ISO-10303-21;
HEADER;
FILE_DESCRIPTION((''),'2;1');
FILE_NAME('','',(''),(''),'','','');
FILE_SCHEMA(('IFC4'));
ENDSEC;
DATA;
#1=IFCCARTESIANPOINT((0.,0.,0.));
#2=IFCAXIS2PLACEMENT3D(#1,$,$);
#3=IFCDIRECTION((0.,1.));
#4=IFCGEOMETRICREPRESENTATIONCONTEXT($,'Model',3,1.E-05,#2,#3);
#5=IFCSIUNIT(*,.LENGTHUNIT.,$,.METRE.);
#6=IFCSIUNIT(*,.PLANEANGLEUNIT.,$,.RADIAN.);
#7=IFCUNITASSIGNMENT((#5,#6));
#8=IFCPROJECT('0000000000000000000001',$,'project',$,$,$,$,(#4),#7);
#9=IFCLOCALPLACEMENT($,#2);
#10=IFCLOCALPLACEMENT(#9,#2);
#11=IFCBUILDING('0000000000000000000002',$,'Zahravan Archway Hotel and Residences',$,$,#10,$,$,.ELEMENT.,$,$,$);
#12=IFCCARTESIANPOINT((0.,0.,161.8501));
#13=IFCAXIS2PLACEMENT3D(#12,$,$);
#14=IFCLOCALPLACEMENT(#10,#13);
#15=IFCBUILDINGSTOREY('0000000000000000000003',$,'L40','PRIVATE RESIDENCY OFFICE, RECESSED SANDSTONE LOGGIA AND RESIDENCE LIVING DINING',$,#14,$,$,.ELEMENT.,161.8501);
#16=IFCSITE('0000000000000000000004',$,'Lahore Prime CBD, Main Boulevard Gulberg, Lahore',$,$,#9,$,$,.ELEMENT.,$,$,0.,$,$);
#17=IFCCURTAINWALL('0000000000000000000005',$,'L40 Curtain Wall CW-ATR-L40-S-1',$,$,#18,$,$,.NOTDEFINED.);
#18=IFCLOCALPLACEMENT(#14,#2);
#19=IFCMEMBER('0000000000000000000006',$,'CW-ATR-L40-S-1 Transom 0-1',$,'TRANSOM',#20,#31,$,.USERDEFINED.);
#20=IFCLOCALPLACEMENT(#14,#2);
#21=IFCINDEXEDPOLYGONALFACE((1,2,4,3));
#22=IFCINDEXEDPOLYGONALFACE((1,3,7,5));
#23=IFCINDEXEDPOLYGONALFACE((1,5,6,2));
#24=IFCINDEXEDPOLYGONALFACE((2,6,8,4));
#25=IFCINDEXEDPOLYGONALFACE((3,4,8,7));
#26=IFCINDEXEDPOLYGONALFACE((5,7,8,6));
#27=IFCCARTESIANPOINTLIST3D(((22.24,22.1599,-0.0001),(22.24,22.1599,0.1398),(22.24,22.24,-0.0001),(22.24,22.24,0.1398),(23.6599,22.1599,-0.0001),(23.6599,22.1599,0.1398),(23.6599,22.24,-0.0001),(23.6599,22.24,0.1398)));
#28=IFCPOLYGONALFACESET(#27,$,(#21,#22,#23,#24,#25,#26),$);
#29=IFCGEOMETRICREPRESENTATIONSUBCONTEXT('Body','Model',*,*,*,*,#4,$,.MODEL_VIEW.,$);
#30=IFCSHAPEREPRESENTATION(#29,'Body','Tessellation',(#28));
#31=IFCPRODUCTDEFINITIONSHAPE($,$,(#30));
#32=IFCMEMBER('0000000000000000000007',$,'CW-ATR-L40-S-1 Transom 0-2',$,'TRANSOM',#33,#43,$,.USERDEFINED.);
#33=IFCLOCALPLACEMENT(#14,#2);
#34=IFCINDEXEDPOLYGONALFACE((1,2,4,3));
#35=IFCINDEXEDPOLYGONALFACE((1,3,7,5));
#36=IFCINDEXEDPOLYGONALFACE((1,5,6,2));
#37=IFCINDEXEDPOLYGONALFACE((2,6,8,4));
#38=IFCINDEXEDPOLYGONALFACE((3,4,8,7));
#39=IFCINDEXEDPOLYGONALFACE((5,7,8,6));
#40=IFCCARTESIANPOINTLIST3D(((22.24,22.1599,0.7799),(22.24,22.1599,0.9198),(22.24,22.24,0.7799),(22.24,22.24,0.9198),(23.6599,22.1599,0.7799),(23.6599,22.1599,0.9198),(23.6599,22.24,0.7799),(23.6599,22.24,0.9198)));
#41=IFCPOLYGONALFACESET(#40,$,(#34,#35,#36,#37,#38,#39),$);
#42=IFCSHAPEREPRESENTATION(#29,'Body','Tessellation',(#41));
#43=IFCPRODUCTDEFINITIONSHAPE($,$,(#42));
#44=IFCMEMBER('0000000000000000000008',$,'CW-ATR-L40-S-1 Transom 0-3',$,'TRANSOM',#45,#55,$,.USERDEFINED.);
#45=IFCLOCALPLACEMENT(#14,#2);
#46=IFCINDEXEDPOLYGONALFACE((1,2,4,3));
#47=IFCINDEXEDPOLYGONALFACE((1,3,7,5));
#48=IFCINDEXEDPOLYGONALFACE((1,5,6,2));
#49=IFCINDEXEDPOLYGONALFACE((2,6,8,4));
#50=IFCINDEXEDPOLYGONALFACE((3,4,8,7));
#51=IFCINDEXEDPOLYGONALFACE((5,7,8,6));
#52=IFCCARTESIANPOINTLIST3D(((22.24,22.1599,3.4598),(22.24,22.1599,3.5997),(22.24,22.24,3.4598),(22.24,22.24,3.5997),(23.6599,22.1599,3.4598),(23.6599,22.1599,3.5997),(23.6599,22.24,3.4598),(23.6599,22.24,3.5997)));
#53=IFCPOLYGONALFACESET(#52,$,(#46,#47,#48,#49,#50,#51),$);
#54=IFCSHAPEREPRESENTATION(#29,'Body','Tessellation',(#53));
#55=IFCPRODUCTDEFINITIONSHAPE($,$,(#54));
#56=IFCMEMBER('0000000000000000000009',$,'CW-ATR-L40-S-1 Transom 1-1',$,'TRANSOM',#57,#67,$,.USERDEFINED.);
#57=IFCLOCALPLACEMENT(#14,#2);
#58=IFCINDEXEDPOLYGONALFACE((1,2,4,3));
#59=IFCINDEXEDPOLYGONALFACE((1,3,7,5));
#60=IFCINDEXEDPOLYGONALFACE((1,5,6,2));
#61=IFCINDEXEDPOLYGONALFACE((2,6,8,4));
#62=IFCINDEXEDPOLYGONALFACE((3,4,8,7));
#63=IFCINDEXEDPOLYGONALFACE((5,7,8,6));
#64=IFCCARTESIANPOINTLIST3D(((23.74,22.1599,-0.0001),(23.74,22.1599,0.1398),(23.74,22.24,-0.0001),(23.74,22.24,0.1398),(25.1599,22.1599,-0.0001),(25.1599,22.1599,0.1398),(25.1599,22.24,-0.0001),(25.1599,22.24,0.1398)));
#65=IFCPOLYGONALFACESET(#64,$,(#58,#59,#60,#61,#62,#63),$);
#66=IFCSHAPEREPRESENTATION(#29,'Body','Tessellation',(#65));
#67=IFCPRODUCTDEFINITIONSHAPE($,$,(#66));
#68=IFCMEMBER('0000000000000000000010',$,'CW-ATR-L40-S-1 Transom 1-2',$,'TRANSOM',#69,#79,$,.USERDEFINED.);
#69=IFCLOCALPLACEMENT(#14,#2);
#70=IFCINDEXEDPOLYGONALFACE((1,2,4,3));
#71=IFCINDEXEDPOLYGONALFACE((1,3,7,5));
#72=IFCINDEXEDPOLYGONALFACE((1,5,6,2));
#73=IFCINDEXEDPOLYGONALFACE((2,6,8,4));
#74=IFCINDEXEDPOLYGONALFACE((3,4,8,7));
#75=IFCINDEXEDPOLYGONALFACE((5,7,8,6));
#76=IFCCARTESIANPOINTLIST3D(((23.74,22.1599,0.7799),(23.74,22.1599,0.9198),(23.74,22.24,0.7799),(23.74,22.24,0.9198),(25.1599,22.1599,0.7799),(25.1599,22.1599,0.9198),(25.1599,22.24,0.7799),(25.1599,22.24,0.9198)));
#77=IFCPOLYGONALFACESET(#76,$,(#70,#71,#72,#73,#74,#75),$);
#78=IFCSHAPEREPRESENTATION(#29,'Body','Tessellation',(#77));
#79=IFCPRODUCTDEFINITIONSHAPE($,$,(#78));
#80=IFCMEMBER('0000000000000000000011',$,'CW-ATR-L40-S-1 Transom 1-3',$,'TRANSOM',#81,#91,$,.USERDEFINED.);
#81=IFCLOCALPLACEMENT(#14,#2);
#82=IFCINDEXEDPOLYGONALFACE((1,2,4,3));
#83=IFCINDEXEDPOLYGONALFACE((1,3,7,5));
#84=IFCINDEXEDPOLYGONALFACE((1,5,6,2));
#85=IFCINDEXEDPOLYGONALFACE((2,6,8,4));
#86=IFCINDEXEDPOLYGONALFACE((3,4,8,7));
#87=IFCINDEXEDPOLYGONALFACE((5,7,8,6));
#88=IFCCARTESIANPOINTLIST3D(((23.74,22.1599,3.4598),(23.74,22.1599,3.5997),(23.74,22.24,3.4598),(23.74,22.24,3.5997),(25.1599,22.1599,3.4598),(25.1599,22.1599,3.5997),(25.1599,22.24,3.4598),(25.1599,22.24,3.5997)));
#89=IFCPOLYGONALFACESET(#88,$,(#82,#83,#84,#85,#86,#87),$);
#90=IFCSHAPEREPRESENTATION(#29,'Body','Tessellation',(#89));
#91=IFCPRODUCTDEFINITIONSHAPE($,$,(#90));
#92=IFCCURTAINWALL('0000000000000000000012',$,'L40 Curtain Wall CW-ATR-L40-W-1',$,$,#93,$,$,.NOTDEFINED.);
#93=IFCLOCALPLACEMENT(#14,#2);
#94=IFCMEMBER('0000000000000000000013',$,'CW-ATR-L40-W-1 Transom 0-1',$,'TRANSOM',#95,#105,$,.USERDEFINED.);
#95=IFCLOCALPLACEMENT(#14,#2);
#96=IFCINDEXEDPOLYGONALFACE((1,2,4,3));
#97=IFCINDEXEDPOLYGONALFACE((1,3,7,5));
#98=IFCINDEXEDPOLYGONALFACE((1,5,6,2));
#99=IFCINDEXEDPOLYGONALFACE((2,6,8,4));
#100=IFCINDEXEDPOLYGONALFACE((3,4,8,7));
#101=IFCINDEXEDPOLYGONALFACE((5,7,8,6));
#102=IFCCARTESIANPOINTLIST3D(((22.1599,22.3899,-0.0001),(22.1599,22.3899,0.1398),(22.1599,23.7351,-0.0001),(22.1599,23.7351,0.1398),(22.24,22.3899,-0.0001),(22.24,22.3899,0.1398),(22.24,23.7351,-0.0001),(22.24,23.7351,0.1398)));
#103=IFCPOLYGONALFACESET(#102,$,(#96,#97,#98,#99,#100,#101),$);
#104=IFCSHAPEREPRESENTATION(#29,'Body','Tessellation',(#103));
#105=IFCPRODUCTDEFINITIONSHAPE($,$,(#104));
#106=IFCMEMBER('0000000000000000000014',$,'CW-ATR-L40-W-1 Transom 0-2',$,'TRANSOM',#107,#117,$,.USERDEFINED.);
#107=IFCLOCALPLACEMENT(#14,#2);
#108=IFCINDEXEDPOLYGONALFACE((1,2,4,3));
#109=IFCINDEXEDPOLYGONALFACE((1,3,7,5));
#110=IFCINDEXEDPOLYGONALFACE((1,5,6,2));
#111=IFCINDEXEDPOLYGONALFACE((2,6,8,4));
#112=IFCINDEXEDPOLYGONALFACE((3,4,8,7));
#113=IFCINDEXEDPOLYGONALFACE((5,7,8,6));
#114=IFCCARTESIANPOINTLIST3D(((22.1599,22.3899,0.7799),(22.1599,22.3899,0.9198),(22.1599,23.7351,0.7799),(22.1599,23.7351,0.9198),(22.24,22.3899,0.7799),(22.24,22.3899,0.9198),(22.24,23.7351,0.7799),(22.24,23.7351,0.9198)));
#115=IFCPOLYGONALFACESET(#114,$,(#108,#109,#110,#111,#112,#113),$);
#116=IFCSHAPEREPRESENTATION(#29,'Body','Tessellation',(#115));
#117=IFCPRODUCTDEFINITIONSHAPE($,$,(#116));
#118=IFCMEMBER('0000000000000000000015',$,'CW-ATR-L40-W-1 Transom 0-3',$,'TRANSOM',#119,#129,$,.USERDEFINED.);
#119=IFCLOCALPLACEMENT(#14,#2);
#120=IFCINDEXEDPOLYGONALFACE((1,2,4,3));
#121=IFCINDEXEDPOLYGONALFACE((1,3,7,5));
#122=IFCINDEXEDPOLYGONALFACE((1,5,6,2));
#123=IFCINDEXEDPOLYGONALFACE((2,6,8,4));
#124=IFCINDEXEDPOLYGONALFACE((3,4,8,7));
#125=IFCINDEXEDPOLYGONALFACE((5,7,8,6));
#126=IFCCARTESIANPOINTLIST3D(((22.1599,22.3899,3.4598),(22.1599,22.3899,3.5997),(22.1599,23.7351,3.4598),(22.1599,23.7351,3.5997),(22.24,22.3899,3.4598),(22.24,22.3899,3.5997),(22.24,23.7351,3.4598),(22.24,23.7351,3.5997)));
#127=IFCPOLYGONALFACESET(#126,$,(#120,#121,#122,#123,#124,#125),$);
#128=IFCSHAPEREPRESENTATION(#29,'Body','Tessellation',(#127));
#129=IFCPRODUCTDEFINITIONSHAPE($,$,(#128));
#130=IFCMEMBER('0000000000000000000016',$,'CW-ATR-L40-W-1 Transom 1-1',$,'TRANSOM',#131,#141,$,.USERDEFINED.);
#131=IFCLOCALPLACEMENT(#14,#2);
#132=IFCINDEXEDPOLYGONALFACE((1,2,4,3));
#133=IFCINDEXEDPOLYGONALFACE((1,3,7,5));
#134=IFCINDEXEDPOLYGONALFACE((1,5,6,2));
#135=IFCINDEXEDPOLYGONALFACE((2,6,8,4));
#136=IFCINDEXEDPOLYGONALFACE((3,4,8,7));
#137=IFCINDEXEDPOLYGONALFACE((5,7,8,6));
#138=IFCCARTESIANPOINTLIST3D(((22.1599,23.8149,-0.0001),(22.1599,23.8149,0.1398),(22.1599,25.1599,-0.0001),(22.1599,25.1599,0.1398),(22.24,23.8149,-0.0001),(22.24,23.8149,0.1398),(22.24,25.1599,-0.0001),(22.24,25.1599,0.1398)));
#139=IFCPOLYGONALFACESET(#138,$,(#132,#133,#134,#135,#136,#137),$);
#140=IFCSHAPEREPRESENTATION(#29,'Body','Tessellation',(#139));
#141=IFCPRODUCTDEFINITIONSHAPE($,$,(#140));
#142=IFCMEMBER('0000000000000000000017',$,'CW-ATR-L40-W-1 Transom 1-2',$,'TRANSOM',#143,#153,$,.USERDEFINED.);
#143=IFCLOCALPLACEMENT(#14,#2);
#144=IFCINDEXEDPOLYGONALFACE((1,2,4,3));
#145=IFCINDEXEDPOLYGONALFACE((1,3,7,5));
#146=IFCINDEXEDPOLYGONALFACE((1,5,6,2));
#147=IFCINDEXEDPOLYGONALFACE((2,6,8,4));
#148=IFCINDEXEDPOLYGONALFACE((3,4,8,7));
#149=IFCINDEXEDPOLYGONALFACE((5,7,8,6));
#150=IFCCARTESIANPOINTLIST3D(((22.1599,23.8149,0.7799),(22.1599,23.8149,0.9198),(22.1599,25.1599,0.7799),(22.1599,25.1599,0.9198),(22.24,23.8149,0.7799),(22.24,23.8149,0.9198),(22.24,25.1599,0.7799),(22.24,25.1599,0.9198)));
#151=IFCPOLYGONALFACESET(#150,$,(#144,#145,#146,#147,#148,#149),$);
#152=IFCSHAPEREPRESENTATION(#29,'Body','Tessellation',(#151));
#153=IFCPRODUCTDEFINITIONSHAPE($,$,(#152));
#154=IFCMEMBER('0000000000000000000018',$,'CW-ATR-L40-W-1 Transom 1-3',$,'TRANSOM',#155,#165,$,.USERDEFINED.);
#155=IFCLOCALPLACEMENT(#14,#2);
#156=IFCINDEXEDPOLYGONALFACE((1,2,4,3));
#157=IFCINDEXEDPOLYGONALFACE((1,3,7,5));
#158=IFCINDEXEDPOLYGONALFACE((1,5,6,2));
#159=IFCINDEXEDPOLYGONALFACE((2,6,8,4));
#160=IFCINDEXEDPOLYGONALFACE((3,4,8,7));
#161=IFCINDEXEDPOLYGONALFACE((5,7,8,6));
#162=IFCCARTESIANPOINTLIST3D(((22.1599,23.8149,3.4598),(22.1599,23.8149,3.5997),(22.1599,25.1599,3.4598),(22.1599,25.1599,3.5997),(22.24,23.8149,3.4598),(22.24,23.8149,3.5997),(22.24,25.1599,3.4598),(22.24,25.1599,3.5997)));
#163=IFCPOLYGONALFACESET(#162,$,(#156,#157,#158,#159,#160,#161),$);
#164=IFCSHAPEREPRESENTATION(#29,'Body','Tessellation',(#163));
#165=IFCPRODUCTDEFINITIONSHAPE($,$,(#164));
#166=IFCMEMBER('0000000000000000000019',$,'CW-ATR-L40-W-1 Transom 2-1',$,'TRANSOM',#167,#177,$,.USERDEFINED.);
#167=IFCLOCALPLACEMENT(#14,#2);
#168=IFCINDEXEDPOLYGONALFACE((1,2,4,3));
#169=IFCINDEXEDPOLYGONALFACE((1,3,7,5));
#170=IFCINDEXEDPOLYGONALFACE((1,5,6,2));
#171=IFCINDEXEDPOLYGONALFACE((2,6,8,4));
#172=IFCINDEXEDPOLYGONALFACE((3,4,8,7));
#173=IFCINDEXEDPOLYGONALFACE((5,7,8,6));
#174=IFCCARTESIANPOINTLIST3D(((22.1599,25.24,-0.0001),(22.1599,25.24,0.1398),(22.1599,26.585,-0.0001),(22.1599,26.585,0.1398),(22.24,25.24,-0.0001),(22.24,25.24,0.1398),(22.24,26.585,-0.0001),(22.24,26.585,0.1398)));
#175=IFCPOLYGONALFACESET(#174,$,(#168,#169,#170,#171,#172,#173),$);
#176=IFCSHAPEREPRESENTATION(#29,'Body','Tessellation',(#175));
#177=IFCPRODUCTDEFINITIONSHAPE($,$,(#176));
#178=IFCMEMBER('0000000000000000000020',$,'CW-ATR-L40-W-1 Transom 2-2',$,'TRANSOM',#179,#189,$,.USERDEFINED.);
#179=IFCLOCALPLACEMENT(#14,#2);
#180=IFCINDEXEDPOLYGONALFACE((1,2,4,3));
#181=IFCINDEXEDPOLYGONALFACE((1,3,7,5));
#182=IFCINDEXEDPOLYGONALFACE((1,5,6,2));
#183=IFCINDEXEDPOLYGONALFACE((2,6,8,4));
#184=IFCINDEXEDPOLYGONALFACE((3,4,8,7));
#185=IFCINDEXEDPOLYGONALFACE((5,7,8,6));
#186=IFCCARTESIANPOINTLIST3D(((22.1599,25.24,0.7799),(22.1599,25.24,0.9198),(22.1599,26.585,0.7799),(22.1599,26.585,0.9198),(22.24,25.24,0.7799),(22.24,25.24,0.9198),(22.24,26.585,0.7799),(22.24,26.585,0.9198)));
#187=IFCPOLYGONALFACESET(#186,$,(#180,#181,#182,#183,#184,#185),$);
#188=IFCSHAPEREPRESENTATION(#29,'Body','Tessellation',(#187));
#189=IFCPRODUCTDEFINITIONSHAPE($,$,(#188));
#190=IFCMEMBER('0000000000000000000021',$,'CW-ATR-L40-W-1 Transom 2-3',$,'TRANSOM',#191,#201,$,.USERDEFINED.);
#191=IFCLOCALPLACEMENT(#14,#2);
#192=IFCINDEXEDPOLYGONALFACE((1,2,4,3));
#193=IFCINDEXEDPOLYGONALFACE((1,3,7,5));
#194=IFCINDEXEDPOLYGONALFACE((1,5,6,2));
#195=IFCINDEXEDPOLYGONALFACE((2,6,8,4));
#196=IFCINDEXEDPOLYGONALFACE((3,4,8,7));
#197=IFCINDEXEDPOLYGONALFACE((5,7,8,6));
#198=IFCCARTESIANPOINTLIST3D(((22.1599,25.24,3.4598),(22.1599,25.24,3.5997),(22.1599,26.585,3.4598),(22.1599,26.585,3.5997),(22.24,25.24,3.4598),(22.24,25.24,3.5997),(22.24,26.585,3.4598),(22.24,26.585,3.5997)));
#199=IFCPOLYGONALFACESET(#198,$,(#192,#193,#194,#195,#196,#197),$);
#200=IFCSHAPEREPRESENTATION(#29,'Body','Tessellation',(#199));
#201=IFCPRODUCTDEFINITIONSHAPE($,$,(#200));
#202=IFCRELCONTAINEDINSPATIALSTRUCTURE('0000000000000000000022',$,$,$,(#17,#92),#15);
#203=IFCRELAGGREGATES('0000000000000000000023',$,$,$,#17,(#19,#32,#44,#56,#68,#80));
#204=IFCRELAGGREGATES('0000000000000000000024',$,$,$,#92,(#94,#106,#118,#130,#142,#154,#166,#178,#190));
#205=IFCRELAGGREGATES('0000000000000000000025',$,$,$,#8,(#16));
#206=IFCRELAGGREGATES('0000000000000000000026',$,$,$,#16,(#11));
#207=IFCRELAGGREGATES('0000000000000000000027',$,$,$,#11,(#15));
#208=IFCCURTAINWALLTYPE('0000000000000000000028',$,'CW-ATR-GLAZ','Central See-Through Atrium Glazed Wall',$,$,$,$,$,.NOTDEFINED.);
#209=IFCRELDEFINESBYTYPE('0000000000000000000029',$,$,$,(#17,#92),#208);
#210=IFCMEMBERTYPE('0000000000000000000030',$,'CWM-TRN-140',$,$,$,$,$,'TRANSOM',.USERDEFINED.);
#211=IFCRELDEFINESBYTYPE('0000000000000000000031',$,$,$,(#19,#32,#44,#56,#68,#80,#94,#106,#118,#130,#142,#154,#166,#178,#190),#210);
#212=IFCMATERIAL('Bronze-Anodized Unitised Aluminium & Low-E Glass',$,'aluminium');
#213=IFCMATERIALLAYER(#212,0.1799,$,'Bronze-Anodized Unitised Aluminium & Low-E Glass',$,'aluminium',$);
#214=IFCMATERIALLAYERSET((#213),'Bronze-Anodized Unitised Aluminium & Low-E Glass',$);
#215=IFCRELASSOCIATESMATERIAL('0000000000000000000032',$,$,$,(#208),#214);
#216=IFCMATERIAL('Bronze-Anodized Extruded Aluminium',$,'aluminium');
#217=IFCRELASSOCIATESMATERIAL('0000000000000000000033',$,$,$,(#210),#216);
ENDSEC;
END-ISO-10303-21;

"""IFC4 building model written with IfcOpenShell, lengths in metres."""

from ifc_helpers import new_model, si_unit, direction, frame, origin, origin_2d, place, context, subcontext, project, spatial, rectangle, extrude, source, transform, mapped, material, layer, layer_set, material_profile, profile_set, type_object, element, aggregate, save


model = new_model("IFC4")

# Units and contexts
model_context = context("Model", 3, precision=1e-05, world=origin(), true_north=direction((0.0, 1.0)))
body_context = subcontext(model_context, "Body", "Model", "MODEL_VIEW")
ifc_project = project(units=[si_unit("LENGTHUNIT", "METRE"), si_unit("PLANEANGLEUNIT", "RADIAN")], contexts=[model_context])

# Site, building, storey
site_placement = place(None, origin())
site = spatial("IfcSite", under=ifc_project, at=site_placement, Name="Lahore Prime CBD, Main Boulevard Gulberg, Lahore", CompositionType="ELEMENT", RefElevation=0.0)
building_placement = place(site_placement, origin())
building = spatial("IfcBuilding", under=site, at=building_placement, Name="Zahravan Archway Hotel and Residences", CompositionType="ELEMENT")
storey_placement = place(building_placement, frame((0.0, 0.0, 161.8501)))
storey = spatial("IfcBuildingStorey", under=building, at=storey_placement, Name="L40", Description="PRIVATE RESIDENCY OFFICE, RECESSED SANDSTONE LOGGIA AND RESIDENCE LIVING DINING", CompositionType="ELEMENT", Elevation=161.8501)

# Curtain walls, members
ifc_material_1 = material(Name="Bronze-Anodized Unitised Aluminium & Low-E Glass", Category="aluminium")
ifc_layer_1 = layer(ifc_material_1, 0.1799, Name="Bronze-Anodized Unitised Aluminium & Low-E Glass", Category="aluminium")
ifc_layer_set_1 = layer_set([ifc_layer_1], Name="Bronze-Anodized Unitised Aluminium & Low-E Glass")
curtain_wall_type = type_object("IfcCurtainWallType", Name="CW-ATR-GLAZ", Description="Central See-Through Atrium Glazed Wall", PredefinedType="NOTDEFINED", material=ifc_layer_set_1)
curtain_wall_1_placement = place(storey_placement, origin())
curtain_wall_1 = element("IfcCurtainWall", 1, at=curtain_wall_1_placement, inside=storey, type_object=curtain_wall_type, Name="L40 Curtain Wall CW-ATR-L40-S-1", PredefinedType="NOTDEFINED")
ifc_material_2 = material(Name="Bronze-Anodized Extruded Aluminium", Category="aluminium")
ifc_material_profile_1 = material_profile(ifc_material_2, rectangle(XDim=0.0801, YDim=0.1399, at=origin_2d()), Name="TRN 80x140", Category="aluminium")
ifc_profile_set_1 = profile_set([ifc_material_profile_1], Name="Bronze-Anodized Extruded Aluminium")
member_type_1 = type_object("IfcMemberType", Name="CWM-TRN-140", ElementType="TRANSOM", PredefinedType="USERDEFINED", material=ifc_profile_set_1)
shared_shape_1 = source(origin(), body_context, "Body", "SweptSolid", [
    extrude(rectangle(XDim=0.0801, YDim=0.1399, at=origin_2d()), origin(), (0.0, 0.0, 1.0), 1.4199),
])
member_1_placement = place(storey_placement, frame((22.24, 22.2, 0.0698), z_axis=(1.0, 0.0, 0.0), x_axis=(0.0, 1.0, 0.0)))
member_1 = element("IfcMember", 2, at=member_1_placement, type_object=member_type_1, Name="CW-ATR-L40-S-1 Transom 0-1", ObjectType="TRANSOM", PredefinedType="USERDEFINED", context=body_context, shape_type="MappedRepresentation", body=[
    mapped(shared_shape_1, transform((0.0, 0.0, 0.0), scale=1.0)),
])
member_2_placement = place(storey_placement, frame((22.24, 22.2, 0.8499), z_axis=(1.0, 0.0, 0.0), x_axis=(0.0, 1.0, 0.0)))
member_2 = element("IfcMember", 3, at=member_2_placement, type_object=member_type_1, Name="CW-ATR-L40-S-1 Transom 0-2", ObjectType="TRANSOM", PredefinedType="USERDEFINED", context=body_context, shape_type="MappedRepresentation", body=[
    mapped(shared_shape_1, transform((0.0, 0.0, 0.0), scale=1.0)),
])
member_3_placement = place(storey_placement, frame((22.24, 22.2, 3.5298), z_axis=(1.0, 0.0, 0.0), x_axis=(0.0, 1.0, 0.0)))
member_3 = element("IfcMember", 4, at=member_3_placement, type_object=member_type_1, Name="CW-ATR-L40-S-1 Transom 0-3", ObjectType="TRANSOM", PredefinedType="USERDEFINED", context=body_context, shape_type="MappedRepresentation", body=[
    mapped(shared_shape_1, transform((0.0, 0.0, 0.0), scale=1.0)),
])
member_4_placement = place(storey_placement, frame((23.74, 22.2, 0.0698), z_axis=(1.0, 0.0, 0.0), x_axis=(0.0, 1.0, 0.0)))
member_4 = element("IfcMember", 5, at=member_4_placement, type_object=member_type_1, Name="CW-ATR-L40-S-1 Transom 1-1", ObjectType="TRANSOM", PredefinedType="USERDEFINED", context=body_context, shape_type="MappedRepresentation", body=[
    mapped(shared_shape_1, transform((0.0, 0.0, 0.0), scale=1.0)),
])
member_5_placement = place(storey_placement, frame((23.74, 22.2, 0.8499), z_axis=(1.0, 0.0, 0.0), x_axis=(0.0, 1.0, 0.0)))
member_5 = element("IfcMember", 6, at=member_5_placement, type_object=member_type_1, Name="CW-ATR-L40-S-1 Transom 1-2", ObjectType="TRANSOM", PredefinedType="USERDEFINED", context=body_context, shape_type="MappedRepresentation", body=[
    mapped(shared_shape_1, transform((0.0, 0.0, 0.0), scale=1.0)),
])
member_6_placement = place(storey_placement, frame((23.74, 22.2, 3.5298), z_axis=(1.0, 0.0, 0.0), x_axis=(0.0, 1.0, 0.0)))
member_6 = element("IfcMember", 7, at=member_6_placement, type_object=member_type_1, Name="CW-ATR-L40-S-1 Transom 1-3", ObjectType="TRANSOM", PredefinedType="USERDEFINED", context=body_context, shape_type="MappedRepresentation", body=[
    mapped(shared_shape_1, transform((0.0, 0.0, 0.0), scale=1.0)),
])
curtain_wall_2_placement = place(storey_placement, origin())
curtain_wall_2 = element("IfcCurtainWall", 8, at=curtain_wall_2_placement, inside=storey, type_object=curtain_wall_type, Name="L40 Curtain Wall CW-ATR-L40-W-1", PredefinedType="NOTDEFINED")
shared_shape_2 = source(origin(), body_context, "Body", "SweptSolid", [
    extrude(rectangle(XDim=0.0801, YDim=0.1399, at=origin_2d()), origin(), (0.0, 0.0, 1.0), 1.3452),
])
member_7_placement = place(storey_placement, frame((22.2, 22.3899, 0.0698), z_axis=(0.0, 1.0, 0.0), x_axis=(-1.0, 0.0, 0.0)))
member_7 = element("IfcMember", 9, at=member_7_placement, type_object=member_type_1, Name="CW-ATR-L40-W-1 Transom 0-1", ObjectType="TRANSOM", PredefinedType="USERDEFINED", context=body_context, shape_type="MappedRepresentation", body=[
    mapped(shared_shape_2, transform((0.0, 0.0, 0.0), scale=1.0)),
])
member_8_placement = place(storey_placement, frame((22.2, 22.3899, 0.8499), z_axis=(0.0, 1.0, 0.0), x_axis=(-1.0, 0.0, 0.0)))
member_8 = element("IfcMember", 10, at=member_8_placement, type_object=member_type_1, Name="CW-ATR-L40-W-1 Transom 0-2", ObjectType="TRANSOM", PredefinedType="USERDEFINED", context=body_context, shape_type="MappedRepresentation", body=[
    mapped(shared_shape_2, transform((0.0, 0.0, 0.0), scale=1.0)),
])
member_9_placement = place(storey_placement, frame((22.2, 22.3899, 3.5298), z_axis=(0.0, 1.0, 0.0), x_axis=(-1.0, 0.0, 0.0)))
member_9 = element("IfcMember", 11, at=member_9_placement, type_object=member_type_1, Name="CW-ATR-L40-W-1 Transom 0-3", ObjectType="TRANSOM", PredefinedType="USERDEFINED", context=body_context, shape_type="MappedRepresentation", body=[
    mapped(shared_shape_2, transform((0.0, 0.0, 0.0), scale=1.0)),
])
shared_shape_3 = source(origin(), body_context, "Body", "SweptSolid", [
    extrude(rectangle(XDim=0.0801, YDim=0.1399, at=origin_2d()), origin(), (0.0, 0.0, 1.0), 1.345),
])
member_10_placement = place(storey_placement, frame((22.2, 23.8149, 0.0698), z_axis=(0.0, 1.0, 0.0), x_axis=(-1.0, 0.0, 0.0)))
member_10 = element("IfcMember", 12, at=member_10_placement, type_object=member_type_1, Name="CW-ATR-L40-W-1 Transom 1-1", ObjectType="TRANSOM", PredefinedType="USERDEFINED", context=body_context, shape_type="MappedRepresentation", body=[
    mapped(shared_shape_3, transform((0.0, 0.0, 0.0), scale=1.0)),
])
member_11_placement = place(storey_placement, frame((22.2, 23.8149, 0.8499), z_axis=(0.0, 1.0, 0.0), x_axis=(-1.0, 0.0, 0.0)))
member_11 = element("IfcMember", 13, at=member_11_placement, type_object=member_type_1, Name="CW-ATR-L40-W-1 Transom 1-2", ObjectType="TRANSOM", PredefinedType="USERDEFINED", context=body_context, shape_type="MappedRepresentation", body=[
    mapped(shared_shape_3, transform((0.0, 0.0, 0.0), scale=1.0)),
])
member_12_placement = place(storey_placement, frame((22.2, 23.8149, 3.5298), z_axis=(0.0, 1.0, 0.0), x_axis=(-1.0, 0.0, 0.0)))
member_12 = element("IfcMember", 14, at=member_12_placement, type_object=member_type_1, Name="CW-ATR-L40-W-1 Transom 1-3", ObjectType="TRANSOM", PredefinedType="USERDEFINED", context=body_context, shape_type="MappedRepresentation", body=[
    mapped(shared_shape_3, transform((0.0, 0.0, 0.0), scale=1.0)),
])
member_13_placement = place(storey_placement, frame((22.2, 25.24, 0.0698), z_axis=(0.0, 1.0, 0.0), x_axis=(-1.0, 0.0, 0.0)))
member_13 = element("IfcMember", 15, at=member_13_placement, type_object=member_type_1, Name="CW-ATR-L40-W-1 Transom 2-1", ObjectType="TRANSOM", PredefinedType="USERDEFINED", context=body_context, shape_type="MappedRepresentation", body=[
    mapped(shared_shape_3, transform((0.0, 0.0, 0.0), scale=1.0)),
])
member_14_placement = place(storey_placement, frame((22.2, 25.24, 0.8499), z_axis=(0.0, 1.0, 0.0), x_axis=(-1.0, 0.0, 0.0)))
member_14 = element("IfcMember", 16, at=member_14_placement, type_object=member_type_1, Name="CW-ATR-L40-W-1 Transom 2-2", ObjectType="TRANSOM", PredefinedType="USERDEFINED", context=body_context, shape_type="MappedRepresentation", body=[
    mapped(shared_shape_3, transform((0.0, 0.0, 0.0), scale=1.0)),
])
member_15_placement = place(storey_placement, frame((22.2, 25.24, 3.5298), z_axis=(0.0, 1.0, 0.0), x_axis=(-1.0, 0.0, 0.0)))
member_15 = element("IfcMember", 17, at=member_15_placement, type_object=member_type_1, Name="CW-ATR-L40-W-1 Transom 2-3", ObjectType="TRANSOM", PredefinedType="USERDEFINED", context=body_context, shape_type="MappedRepresentation", body=[
    mapped(shared_shape_3, transform((0.0, 0.0, 0.0), scale=1.0)),
])

aggregate(curtain_wall_1, [member_1, member_2, member_3, member_4, member_5, member_6])
aggregate(curtain_wall_2, [member_7, member_8, member_9, member_10, member_11, member_12, member_13, member_14, member_15])

save(model, "model.ifc")
